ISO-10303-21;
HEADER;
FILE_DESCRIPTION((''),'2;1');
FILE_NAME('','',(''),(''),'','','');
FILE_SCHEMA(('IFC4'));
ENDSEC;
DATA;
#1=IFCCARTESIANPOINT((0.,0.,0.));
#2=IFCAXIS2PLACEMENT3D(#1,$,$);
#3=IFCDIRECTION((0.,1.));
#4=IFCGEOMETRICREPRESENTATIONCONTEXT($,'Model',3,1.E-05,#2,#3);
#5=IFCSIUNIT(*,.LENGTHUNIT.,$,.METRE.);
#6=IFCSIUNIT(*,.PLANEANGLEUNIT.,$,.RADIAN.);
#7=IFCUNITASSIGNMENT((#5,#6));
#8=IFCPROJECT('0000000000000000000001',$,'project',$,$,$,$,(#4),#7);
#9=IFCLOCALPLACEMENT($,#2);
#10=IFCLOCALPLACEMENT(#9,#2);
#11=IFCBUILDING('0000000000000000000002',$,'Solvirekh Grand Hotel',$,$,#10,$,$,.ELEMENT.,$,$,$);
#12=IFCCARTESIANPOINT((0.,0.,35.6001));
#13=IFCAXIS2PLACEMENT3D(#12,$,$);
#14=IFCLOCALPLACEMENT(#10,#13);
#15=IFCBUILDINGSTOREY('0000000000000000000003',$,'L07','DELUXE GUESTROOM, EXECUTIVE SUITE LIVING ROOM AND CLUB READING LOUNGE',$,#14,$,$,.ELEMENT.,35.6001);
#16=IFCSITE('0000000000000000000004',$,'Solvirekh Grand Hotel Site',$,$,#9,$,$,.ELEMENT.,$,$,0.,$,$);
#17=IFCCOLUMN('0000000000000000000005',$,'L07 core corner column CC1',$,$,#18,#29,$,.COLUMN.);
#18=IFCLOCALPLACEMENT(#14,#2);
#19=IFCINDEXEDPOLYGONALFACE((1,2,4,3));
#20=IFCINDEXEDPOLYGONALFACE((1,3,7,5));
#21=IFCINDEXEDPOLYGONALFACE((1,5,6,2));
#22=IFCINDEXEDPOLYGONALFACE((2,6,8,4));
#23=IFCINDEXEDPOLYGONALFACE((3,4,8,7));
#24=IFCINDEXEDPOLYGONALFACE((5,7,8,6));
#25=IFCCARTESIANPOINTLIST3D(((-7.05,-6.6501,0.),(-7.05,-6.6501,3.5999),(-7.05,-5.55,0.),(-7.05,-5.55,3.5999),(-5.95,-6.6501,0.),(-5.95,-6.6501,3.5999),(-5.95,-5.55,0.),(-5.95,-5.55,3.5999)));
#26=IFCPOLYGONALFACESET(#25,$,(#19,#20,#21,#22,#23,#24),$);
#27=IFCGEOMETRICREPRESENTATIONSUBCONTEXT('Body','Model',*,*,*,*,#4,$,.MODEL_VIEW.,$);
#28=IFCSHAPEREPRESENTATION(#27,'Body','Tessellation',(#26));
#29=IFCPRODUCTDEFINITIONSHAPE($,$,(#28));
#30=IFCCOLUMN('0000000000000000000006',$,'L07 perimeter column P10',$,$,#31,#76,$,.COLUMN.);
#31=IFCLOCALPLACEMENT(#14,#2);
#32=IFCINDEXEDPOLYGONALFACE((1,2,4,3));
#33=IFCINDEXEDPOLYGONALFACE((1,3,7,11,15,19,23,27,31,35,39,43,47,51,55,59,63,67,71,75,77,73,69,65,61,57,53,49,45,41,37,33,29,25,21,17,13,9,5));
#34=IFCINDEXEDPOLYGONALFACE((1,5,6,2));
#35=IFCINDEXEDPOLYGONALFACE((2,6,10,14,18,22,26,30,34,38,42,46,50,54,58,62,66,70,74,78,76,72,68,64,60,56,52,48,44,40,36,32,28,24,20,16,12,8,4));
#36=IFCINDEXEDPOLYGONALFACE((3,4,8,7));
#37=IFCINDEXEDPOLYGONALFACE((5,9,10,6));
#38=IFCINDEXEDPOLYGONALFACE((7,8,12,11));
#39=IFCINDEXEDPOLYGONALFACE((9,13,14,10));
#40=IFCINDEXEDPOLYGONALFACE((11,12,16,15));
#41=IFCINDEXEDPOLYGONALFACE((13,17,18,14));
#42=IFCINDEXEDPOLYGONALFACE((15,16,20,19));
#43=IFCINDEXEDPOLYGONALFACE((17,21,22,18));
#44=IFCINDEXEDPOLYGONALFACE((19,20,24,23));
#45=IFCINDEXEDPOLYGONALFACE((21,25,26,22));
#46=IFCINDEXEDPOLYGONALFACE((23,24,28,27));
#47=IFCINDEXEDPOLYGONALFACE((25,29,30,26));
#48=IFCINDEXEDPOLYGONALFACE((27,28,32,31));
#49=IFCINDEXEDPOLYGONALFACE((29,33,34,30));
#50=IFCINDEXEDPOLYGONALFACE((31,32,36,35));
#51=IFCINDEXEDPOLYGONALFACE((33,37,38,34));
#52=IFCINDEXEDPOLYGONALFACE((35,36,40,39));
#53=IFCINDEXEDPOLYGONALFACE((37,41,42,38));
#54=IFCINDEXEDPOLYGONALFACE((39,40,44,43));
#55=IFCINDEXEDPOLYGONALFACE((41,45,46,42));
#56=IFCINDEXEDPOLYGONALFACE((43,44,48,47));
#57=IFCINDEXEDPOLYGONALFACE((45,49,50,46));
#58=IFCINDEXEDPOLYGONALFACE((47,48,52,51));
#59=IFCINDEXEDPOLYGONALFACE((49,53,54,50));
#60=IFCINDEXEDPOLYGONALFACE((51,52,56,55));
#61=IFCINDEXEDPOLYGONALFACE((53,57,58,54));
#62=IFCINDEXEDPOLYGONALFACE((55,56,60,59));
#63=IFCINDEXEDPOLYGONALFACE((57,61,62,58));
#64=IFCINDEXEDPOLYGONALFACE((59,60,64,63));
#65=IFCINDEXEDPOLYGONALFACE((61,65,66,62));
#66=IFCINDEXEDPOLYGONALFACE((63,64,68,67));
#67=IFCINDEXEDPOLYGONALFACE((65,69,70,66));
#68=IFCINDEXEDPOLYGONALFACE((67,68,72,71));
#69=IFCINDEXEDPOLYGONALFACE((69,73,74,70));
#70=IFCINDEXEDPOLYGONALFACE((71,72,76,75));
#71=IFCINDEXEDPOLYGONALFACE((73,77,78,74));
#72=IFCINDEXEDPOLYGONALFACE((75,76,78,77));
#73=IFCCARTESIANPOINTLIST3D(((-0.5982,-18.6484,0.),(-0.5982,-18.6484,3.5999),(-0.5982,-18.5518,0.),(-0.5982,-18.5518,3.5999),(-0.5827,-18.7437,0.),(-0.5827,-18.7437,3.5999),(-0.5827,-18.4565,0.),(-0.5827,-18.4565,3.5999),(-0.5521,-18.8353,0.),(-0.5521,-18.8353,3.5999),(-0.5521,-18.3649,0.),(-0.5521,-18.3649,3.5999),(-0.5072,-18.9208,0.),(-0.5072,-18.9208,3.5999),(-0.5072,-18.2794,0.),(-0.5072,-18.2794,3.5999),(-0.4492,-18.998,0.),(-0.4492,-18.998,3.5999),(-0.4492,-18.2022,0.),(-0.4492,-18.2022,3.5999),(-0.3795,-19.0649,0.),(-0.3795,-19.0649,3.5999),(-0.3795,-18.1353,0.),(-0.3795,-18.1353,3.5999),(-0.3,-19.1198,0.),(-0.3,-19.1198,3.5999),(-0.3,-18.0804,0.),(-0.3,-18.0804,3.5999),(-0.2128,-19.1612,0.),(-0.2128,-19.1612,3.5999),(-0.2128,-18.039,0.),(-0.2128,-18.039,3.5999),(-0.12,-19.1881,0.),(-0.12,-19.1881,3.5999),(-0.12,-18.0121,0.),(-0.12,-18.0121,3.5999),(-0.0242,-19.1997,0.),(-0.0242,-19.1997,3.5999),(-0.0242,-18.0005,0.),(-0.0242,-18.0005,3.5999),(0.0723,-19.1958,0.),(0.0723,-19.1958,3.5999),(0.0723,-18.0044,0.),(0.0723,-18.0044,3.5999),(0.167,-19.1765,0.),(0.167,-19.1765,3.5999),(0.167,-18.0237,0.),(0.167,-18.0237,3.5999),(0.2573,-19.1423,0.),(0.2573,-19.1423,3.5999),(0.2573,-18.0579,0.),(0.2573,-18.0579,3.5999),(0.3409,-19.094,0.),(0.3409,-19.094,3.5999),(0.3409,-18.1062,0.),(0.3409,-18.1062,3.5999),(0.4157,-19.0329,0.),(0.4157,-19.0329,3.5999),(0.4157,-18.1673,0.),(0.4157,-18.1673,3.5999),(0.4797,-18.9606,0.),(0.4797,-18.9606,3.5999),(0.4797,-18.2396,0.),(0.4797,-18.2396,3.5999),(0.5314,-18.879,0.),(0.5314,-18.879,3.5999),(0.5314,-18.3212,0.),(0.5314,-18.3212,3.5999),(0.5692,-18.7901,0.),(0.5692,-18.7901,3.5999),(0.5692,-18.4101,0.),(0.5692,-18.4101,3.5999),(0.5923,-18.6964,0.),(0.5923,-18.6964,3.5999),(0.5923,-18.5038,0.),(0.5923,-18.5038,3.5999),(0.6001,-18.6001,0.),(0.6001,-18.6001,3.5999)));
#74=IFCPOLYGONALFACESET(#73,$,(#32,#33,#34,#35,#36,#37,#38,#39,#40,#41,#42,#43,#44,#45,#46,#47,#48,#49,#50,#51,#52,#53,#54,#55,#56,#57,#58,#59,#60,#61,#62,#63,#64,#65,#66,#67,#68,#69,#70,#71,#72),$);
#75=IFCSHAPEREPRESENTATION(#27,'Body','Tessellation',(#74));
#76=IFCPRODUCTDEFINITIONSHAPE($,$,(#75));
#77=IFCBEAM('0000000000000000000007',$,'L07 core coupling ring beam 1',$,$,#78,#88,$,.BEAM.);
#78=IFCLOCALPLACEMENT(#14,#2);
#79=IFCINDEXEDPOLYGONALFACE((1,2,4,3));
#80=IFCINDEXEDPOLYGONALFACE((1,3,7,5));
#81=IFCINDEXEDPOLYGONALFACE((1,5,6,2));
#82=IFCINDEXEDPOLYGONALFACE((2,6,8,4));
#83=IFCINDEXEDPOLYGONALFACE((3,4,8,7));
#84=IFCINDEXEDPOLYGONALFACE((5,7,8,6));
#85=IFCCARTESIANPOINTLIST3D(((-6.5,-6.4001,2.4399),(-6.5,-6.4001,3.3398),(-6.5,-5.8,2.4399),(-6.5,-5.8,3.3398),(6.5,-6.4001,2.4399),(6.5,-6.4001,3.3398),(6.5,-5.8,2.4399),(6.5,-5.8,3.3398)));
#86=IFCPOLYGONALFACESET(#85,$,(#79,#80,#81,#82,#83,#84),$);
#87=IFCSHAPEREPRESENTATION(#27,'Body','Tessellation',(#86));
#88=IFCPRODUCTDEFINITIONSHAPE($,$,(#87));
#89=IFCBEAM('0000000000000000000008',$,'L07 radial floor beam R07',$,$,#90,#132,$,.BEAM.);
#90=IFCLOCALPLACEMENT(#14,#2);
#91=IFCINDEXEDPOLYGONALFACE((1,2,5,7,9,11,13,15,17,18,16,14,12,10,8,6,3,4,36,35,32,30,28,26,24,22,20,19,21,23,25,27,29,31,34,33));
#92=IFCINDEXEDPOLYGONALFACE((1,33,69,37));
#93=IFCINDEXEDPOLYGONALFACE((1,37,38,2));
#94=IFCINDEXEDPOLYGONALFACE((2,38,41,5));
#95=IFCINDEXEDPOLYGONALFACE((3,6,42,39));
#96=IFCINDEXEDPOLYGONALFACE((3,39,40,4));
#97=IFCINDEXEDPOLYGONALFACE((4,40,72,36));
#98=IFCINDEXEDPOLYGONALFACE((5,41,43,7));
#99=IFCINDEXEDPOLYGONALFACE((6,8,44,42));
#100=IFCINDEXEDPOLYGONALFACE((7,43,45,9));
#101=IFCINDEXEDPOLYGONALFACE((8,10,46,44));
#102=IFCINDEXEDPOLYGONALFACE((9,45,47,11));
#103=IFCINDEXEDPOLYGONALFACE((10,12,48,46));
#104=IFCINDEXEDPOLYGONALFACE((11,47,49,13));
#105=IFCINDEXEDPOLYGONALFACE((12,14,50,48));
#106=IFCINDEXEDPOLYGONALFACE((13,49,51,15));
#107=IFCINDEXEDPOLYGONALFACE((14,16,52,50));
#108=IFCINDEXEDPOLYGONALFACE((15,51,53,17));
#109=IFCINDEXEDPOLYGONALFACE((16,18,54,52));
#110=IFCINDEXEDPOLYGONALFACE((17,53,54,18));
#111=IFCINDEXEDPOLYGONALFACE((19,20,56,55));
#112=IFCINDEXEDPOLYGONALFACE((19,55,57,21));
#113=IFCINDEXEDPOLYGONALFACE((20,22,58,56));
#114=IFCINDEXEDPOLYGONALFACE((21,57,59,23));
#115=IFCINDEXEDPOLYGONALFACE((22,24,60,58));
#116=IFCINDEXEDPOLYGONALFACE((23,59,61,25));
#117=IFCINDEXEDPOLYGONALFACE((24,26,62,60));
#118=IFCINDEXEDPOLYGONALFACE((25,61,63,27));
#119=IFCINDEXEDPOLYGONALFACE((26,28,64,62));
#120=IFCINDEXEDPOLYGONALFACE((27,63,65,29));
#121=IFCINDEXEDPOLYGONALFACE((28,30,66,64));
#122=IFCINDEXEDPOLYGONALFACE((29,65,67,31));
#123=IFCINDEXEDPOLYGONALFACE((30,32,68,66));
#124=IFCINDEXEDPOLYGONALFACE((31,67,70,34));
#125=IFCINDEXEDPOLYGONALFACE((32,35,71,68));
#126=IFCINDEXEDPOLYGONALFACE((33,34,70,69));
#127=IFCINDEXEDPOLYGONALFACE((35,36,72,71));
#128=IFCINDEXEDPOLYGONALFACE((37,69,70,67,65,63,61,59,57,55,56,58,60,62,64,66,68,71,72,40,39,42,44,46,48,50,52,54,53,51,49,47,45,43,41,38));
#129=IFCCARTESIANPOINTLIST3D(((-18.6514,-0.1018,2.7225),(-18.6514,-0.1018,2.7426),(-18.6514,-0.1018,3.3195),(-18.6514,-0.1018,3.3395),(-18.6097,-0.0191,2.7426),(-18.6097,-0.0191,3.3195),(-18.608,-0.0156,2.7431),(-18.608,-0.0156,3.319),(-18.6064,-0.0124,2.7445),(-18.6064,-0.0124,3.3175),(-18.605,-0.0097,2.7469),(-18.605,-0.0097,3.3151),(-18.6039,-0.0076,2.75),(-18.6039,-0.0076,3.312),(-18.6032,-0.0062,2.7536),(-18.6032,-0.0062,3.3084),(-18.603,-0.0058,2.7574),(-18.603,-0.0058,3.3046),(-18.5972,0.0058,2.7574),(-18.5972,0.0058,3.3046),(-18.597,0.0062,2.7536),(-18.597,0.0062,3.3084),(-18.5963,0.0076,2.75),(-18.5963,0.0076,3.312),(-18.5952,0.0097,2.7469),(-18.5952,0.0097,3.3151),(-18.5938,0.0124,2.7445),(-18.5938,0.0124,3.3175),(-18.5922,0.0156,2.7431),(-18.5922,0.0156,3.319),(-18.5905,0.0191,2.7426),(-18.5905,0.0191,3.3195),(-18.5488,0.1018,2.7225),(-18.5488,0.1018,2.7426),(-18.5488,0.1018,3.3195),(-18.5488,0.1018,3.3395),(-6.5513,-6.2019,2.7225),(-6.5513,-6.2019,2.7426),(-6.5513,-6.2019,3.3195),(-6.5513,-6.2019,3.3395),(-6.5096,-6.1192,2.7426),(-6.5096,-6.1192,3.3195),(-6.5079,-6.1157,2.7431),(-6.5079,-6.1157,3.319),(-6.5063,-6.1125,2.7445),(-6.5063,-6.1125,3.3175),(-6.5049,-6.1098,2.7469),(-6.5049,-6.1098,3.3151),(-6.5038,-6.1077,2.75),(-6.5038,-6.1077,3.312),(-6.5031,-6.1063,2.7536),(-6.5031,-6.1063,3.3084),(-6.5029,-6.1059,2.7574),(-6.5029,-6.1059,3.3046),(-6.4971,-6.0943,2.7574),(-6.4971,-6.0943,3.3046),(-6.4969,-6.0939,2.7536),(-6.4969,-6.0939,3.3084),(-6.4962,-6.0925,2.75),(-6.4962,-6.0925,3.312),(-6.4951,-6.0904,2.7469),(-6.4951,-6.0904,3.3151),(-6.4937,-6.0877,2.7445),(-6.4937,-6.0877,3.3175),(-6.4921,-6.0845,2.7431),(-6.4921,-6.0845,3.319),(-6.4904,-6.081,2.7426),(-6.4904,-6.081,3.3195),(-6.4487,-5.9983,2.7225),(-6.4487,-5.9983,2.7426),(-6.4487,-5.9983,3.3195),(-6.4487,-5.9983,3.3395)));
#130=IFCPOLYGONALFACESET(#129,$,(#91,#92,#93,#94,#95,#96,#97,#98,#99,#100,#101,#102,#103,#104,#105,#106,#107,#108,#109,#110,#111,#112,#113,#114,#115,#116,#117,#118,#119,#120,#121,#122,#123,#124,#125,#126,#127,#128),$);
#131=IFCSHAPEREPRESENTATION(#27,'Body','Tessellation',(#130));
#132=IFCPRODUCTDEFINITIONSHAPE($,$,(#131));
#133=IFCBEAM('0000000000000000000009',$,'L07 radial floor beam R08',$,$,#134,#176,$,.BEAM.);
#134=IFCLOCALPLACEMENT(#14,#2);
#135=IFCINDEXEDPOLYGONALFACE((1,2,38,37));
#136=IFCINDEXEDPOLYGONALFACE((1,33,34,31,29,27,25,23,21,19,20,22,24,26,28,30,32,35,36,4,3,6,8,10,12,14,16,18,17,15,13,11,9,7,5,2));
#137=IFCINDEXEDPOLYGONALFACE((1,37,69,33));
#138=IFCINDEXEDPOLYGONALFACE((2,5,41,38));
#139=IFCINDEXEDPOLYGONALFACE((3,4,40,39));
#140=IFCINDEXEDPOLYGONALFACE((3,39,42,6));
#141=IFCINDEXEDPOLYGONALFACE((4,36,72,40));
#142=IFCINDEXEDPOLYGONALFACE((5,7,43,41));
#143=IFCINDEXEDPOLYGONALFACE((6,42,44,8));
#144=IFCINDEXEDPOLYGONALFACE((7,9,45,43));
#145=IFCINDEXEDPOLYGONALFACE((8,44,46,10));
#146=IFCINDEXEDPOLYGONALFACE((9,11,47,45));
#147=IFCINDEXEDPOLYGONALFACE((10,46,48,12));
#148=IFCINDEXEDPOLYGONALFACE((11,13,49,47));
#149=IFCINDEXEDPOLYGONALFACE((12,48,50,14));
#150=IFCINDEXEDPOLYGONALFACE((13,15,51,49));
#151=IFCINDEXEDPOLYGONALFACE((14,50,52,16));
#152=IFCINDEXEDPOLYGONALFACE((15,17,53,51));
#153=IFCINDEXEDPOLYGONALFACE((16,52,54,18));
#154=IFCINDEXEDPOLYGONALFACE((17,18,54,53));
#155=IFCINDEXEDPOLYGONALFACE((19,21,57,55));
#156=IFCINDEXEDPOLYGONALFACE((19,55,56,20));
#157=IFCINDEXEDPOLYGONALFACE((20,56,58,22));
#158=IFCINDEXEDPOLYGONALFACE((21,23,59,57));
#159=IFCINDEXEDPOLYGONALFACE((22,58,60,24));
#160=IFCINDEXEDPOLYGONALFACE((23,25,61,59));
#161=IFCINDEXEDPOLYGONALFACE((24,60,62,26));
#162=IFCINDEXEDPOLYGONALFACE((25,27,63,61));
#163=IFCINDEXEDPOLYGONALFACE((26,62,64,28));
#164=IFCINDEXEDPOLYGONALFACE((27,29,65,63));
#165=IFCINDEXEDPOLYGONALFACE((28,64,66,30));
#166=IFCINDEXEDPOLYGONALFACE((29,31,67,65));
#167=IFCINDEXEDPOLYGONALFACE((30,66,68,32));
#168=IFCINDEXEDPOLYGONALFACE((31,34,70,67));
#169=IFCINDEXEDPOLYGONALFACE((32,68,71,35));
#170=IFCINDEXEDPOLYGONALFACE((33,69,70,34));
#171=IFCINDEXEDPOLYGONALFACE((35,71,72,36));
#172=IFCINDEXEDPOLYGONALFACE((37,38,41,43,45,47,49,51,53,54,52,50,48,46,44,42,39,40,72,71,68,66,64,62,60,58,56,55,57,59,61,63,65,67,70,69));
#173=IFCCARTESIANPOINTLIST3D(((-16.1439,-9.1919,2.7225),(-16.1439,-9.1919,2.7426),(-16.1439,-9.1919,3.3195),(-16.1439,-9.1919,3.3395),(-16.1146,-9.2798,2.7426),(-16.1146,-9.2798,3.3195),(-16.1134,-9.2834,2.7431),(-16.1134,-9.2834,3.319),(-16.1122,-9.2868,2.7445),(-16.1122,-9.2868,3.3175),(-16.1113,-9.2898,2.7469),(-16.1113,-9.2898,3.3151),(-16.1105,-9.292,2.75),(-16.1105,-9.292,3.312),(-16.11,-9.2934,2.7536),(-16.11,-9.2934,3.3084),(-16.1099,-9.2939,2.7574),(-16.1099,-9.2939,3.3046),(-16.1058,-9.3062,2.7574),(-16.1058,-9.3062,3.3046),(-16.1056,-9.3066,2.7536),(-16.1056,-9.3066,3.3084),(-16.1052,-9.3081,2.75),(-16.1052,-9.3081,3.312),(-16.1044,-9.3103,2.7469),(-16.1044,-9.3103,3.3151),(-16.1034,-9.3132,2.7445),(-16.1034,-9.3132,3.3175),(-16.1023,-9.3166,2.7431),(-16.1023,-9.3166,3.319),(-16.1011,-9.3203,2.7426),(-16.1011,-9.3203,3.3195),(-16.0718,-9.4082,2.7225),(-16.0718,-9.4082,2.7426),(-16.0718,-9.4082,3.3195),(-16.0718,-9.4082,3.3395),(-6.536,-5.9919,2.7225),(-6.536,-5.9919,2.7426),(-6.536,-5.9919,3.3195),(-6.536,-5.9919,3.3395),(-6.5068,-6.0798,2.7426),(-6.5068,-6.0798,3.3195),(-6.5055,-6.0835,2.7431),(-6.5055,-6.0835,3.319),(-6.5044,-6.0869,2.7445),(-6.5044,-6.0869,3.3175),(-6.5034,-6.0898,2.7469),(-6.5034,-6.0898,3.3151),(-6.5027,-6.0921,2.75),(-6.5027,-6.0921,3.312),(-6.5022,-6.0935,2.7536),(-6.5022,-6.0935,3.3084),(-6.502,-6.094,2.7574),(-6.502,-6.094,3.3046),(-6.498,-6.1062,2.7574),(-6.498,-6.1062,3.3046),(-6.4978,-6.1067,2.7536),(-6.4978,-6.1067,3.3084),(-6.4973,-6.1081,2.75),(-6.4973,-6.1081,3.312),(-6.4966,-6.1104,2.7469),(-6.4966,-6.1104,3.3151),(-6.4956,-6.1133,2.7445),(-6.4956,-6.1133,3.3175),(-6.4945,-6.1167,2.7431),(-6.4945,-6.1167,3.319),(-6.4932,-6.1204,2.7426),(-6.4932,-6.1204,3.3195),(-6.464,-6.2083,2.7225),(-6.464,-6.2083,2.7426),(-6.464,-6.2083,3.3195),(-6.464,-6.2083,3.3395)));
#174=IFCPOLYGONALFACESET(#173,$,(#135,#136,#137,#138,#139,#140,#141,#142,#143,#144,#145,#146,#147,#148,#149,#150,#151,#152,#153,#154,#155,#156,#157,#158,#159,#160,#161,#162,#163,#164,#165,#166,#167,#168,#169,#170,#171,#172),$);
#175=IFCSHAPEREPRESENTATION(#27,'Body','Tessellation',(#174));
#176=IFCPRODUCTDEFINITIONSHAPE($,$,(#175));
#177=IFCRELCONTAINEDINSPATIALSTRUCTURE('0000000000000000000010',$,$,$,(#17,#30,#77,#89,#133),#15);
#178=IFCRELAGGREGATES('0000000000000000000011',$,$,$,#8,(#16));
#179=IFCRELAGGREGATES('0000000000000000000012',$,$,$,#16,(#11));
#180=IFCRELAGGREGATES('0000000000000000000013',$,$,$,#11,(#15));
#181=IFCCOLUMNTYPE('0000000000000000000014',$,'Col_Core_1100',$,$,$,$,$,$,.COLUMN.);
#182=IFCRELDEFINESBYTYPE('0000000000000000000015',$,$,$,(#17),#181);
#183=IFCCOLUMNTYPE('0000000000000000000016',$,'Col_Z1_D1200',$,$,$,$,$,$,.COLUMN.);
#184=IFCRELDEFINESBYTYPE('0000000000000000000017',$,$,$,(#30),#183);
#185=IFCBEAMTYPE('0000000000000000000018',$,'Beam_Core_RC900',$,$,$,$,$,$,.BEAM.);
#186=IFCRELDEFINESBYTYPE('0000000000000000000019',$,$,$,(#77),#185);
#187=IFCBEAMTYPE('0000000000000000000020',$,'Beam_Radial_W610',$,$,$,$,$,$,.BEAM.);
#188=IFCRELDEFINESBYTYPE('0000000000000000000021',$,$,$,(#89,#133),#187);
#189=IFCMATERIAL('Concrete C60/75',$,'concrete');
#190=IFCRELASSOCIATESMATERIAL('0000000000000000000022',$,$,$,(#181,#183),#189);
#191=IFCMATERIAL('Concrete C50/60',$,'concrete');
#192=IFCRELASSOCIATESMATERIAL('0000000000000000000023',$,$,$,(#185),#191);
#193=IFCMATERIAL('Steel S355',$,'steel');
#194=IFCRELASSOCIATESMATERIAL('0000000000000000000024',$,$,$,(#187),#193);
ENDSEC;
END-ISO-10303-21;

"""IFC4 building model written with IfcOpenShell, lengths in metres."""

from ifc_helpers import new_model, si_unit, direction, frame, origin, origin_2d, place, context, subcontext, project, spatial, rectangle, circle, i_section, extrude, material, material_profile, profile_set, type_object, element, save


model = new_model("IFC4")

# Units and contexts
model_context = context("Model", 3, precision=1e-05, world=origin(), true_north=direction((0.0, 1.0)))
body_context = subcontext(model_context, "Body", "Model", "MODEL_VIEW")
ifc_project = project(units=[si_unit("LENGTHUNIT", "METRE"), si_unit("PLANEANGLEUNIT", "RADIAN")], contexts=[model_context])

# Site, building, storey
site_placement = place(None, origin())
site = spatial("IfcSite", under=ifc_project, at=site_placement, Name="Solvirekh Grand Hotel Site", CompositionType="ELEMENT", RefElevation=0.0)
building_placement = place(site_placement, origin())
building = spatial("IfcBuilding", under=site, at=building_placement, Name="Solvirekh Grand Hotel", CompositionType="ELEMENT")
storey_placement = place(building_placement, frame((0.0, 0.0, 35.6001)))
storey = spatial("IfcBuildingStorey", under=building, at=storey_placement, Name="L07", Description="DELUXE GUESTROOM, EXECUTIVE SUITE LIVING ROOM AND CLUB READING LOUNGE", CompositionType="ELEMENT", Elevation=35.6001)

# Columns
ifc_material_1 = material(Name="Concrete C60/75", Category="concrete")
ifc_material_profile_1 = material_profile(ifc_material_1, rectangle(XDim=1.1001, YDim=1.1001, at=origin_2d()), Name="RC 1100X1100")
ifc_profile_set_1 = profile_set([ifc_material_profile_1], Name="Concrete C60/75")
column_type_1 = type_object("IfcColumnType", Name="Col_Core_1100", PredefinedType="COLUMN", material=ifc_profile_set_1)
column_1_placement = place(storey_placement, frame((-6.5, -6.1001, 0.0), z_axis=(0.0, 0.0, 1.0), x_axis=(1.0, 0.0, 0.0)))
element("IfcColumn", 1, at=column_1_placement, inside=storey, type_object=column_type_1, Name="L07 core corner column CC1", PredefinedType="COLUMN", context=body_context, shape_type="SweptSolid", body=[
    extrude(rectangle(XDim=1.1001, YDim=1.1001, at=origin_2d()), origin(), (0.0, 0.0, 1.0), 3.5999),
])
ifc_material_profile_2 = material_profile(ifc_material_1, circle(Radius=0.6001, at=origin_2d()), Name="RC CIRC D1200")
ifc_profile_set_2 = profile_set([ifc_material_profile_2], Name="Concrete C60/75")
column_type_2 = type_object("IfcColumnType", Name="Col_Z1_D1200", PredefinedType="COLUMN", material=ifc_profile_set_2)
column_2_placement = place(storey_placement, frame((0.0, -18.6001, 0.0), z_axis=(0.0, 0.0, 1.0), x_axis=(1.0, 0.0, 0.0)))
element("IfcColumn", 2, at=column_2_placement, inside=storey, type_object=column_type_2, Name="L07 perimeter column P10", PredefinedType="COLUMN", context=body_context, shape_type="SweptSolid", body=[
    extrude(circle(Radius=0.6001, at=origin_2d()), origin(), (0.0, 0.0, 1.0), 3.5999),
])

# Beams
ifc_material_2 = material(Name="Concrete C50/60", Category="concrete")
ifc_material_profile_3 = material_profile(ifc_material_2, rectangle(XDim=0.6001, YDim=0.8999, at=origin_2d()), Name="RC BEAM 600X900")
ifc_profile_set_3 = profile_set([ifc_material_profile_3], Name="Concrete C50/60")
beam_type_1 = type_object("IfcBeamType", Name="Beam_Core_RC900", PredefinedType="BEAM", material=ifc_profile_set_3)
beam_1_placement = place(storey_placement, frame((-6.5, -6.1001, 2.8899), z_axis=(1.0, 0.0, 0.0), x_axis=(0.0, 1.0, 0.0)))
element("IfcBeam", 3, at=beam_1_placement, inside=storey, type_object=beam_type_1, Name="L07 core coupling ring beam 1", PredefinedType="BEAM", context=body_context, shape_type="SweptSolid", body=[
    extrude(rectangle(XDim=0.6001, YDim=0.8999, at=origin_2d()), origin(), (0.0, 0.0, 1.0), 13.0),
])
ifc_material_3 = material(Name="Steel S355", Category="steel")
ifc_material_profile_4 = material_profile(ifc_material_3, i_section(OverallWidth=0.228, OverallDepth=0.6169, WebThickness=0.0129, FlangeThickness=0.02, FilletRadius=0.0149, at=origin_2d()), Name="W610X140")
ifc_profile_set_4 = profile_set([ifc_material_profile_4], Name="Steel S355")
beam_type_2 = type_object("IfcBeamType", Name="Beam_Radial_W610", PredefinedType="BEAM", material=ifc_profile_set_4)
beam_2_placement = place(storey_placement, frame((-6.5, -6.1001, 3.031), z_axis=(-0.892945, 0.450166, 0.0), x_axis=(-0.450166, -0.892945, 0.0)))
element("IfcBeam", 4, at=beam_2_placement, inside=storey, type_object=beam_type_2, Name="L07 radial floor beam R07", PredefinedType="BEAM", context=body_context, shape_type="SweptSolid", body=[
    extrude(i_section(OverallWidth=0.228, OverallDepth=0.6169, WebThickness=0.0129, FlangeThickness=0.02, FilletRadius=0.0149, at=origin_2d()), origin(), (0.0, 0.0, 1.0), 13.5508),
])
beam_3_placement = place(storey_placement, frame((-6.5, -6.1001, 3.031), z_axis=(-0.948763, -0.315989, 0.0), x_axis=(0.315989, -0.948763, 0.0)))
element("IfcBeam", 5, at=beam_3_placement, inside=storey, type_object=beam_type_2, Name="L07 radial floor beam R08", PredefinedType="BEAM", context=body_context, shape_type="SweptSolid", body=[
    extrude(i_section(OverallWidth=0.228, OverallDepth=0.6169, WebThickness=0.0129, FlangeThickness=0.02, FilletRadius=0.0149, at=origin_2d()), origin(), (0.0, 0.0, 1.0), 10.1267),
])

save(model, "model.ifc")
